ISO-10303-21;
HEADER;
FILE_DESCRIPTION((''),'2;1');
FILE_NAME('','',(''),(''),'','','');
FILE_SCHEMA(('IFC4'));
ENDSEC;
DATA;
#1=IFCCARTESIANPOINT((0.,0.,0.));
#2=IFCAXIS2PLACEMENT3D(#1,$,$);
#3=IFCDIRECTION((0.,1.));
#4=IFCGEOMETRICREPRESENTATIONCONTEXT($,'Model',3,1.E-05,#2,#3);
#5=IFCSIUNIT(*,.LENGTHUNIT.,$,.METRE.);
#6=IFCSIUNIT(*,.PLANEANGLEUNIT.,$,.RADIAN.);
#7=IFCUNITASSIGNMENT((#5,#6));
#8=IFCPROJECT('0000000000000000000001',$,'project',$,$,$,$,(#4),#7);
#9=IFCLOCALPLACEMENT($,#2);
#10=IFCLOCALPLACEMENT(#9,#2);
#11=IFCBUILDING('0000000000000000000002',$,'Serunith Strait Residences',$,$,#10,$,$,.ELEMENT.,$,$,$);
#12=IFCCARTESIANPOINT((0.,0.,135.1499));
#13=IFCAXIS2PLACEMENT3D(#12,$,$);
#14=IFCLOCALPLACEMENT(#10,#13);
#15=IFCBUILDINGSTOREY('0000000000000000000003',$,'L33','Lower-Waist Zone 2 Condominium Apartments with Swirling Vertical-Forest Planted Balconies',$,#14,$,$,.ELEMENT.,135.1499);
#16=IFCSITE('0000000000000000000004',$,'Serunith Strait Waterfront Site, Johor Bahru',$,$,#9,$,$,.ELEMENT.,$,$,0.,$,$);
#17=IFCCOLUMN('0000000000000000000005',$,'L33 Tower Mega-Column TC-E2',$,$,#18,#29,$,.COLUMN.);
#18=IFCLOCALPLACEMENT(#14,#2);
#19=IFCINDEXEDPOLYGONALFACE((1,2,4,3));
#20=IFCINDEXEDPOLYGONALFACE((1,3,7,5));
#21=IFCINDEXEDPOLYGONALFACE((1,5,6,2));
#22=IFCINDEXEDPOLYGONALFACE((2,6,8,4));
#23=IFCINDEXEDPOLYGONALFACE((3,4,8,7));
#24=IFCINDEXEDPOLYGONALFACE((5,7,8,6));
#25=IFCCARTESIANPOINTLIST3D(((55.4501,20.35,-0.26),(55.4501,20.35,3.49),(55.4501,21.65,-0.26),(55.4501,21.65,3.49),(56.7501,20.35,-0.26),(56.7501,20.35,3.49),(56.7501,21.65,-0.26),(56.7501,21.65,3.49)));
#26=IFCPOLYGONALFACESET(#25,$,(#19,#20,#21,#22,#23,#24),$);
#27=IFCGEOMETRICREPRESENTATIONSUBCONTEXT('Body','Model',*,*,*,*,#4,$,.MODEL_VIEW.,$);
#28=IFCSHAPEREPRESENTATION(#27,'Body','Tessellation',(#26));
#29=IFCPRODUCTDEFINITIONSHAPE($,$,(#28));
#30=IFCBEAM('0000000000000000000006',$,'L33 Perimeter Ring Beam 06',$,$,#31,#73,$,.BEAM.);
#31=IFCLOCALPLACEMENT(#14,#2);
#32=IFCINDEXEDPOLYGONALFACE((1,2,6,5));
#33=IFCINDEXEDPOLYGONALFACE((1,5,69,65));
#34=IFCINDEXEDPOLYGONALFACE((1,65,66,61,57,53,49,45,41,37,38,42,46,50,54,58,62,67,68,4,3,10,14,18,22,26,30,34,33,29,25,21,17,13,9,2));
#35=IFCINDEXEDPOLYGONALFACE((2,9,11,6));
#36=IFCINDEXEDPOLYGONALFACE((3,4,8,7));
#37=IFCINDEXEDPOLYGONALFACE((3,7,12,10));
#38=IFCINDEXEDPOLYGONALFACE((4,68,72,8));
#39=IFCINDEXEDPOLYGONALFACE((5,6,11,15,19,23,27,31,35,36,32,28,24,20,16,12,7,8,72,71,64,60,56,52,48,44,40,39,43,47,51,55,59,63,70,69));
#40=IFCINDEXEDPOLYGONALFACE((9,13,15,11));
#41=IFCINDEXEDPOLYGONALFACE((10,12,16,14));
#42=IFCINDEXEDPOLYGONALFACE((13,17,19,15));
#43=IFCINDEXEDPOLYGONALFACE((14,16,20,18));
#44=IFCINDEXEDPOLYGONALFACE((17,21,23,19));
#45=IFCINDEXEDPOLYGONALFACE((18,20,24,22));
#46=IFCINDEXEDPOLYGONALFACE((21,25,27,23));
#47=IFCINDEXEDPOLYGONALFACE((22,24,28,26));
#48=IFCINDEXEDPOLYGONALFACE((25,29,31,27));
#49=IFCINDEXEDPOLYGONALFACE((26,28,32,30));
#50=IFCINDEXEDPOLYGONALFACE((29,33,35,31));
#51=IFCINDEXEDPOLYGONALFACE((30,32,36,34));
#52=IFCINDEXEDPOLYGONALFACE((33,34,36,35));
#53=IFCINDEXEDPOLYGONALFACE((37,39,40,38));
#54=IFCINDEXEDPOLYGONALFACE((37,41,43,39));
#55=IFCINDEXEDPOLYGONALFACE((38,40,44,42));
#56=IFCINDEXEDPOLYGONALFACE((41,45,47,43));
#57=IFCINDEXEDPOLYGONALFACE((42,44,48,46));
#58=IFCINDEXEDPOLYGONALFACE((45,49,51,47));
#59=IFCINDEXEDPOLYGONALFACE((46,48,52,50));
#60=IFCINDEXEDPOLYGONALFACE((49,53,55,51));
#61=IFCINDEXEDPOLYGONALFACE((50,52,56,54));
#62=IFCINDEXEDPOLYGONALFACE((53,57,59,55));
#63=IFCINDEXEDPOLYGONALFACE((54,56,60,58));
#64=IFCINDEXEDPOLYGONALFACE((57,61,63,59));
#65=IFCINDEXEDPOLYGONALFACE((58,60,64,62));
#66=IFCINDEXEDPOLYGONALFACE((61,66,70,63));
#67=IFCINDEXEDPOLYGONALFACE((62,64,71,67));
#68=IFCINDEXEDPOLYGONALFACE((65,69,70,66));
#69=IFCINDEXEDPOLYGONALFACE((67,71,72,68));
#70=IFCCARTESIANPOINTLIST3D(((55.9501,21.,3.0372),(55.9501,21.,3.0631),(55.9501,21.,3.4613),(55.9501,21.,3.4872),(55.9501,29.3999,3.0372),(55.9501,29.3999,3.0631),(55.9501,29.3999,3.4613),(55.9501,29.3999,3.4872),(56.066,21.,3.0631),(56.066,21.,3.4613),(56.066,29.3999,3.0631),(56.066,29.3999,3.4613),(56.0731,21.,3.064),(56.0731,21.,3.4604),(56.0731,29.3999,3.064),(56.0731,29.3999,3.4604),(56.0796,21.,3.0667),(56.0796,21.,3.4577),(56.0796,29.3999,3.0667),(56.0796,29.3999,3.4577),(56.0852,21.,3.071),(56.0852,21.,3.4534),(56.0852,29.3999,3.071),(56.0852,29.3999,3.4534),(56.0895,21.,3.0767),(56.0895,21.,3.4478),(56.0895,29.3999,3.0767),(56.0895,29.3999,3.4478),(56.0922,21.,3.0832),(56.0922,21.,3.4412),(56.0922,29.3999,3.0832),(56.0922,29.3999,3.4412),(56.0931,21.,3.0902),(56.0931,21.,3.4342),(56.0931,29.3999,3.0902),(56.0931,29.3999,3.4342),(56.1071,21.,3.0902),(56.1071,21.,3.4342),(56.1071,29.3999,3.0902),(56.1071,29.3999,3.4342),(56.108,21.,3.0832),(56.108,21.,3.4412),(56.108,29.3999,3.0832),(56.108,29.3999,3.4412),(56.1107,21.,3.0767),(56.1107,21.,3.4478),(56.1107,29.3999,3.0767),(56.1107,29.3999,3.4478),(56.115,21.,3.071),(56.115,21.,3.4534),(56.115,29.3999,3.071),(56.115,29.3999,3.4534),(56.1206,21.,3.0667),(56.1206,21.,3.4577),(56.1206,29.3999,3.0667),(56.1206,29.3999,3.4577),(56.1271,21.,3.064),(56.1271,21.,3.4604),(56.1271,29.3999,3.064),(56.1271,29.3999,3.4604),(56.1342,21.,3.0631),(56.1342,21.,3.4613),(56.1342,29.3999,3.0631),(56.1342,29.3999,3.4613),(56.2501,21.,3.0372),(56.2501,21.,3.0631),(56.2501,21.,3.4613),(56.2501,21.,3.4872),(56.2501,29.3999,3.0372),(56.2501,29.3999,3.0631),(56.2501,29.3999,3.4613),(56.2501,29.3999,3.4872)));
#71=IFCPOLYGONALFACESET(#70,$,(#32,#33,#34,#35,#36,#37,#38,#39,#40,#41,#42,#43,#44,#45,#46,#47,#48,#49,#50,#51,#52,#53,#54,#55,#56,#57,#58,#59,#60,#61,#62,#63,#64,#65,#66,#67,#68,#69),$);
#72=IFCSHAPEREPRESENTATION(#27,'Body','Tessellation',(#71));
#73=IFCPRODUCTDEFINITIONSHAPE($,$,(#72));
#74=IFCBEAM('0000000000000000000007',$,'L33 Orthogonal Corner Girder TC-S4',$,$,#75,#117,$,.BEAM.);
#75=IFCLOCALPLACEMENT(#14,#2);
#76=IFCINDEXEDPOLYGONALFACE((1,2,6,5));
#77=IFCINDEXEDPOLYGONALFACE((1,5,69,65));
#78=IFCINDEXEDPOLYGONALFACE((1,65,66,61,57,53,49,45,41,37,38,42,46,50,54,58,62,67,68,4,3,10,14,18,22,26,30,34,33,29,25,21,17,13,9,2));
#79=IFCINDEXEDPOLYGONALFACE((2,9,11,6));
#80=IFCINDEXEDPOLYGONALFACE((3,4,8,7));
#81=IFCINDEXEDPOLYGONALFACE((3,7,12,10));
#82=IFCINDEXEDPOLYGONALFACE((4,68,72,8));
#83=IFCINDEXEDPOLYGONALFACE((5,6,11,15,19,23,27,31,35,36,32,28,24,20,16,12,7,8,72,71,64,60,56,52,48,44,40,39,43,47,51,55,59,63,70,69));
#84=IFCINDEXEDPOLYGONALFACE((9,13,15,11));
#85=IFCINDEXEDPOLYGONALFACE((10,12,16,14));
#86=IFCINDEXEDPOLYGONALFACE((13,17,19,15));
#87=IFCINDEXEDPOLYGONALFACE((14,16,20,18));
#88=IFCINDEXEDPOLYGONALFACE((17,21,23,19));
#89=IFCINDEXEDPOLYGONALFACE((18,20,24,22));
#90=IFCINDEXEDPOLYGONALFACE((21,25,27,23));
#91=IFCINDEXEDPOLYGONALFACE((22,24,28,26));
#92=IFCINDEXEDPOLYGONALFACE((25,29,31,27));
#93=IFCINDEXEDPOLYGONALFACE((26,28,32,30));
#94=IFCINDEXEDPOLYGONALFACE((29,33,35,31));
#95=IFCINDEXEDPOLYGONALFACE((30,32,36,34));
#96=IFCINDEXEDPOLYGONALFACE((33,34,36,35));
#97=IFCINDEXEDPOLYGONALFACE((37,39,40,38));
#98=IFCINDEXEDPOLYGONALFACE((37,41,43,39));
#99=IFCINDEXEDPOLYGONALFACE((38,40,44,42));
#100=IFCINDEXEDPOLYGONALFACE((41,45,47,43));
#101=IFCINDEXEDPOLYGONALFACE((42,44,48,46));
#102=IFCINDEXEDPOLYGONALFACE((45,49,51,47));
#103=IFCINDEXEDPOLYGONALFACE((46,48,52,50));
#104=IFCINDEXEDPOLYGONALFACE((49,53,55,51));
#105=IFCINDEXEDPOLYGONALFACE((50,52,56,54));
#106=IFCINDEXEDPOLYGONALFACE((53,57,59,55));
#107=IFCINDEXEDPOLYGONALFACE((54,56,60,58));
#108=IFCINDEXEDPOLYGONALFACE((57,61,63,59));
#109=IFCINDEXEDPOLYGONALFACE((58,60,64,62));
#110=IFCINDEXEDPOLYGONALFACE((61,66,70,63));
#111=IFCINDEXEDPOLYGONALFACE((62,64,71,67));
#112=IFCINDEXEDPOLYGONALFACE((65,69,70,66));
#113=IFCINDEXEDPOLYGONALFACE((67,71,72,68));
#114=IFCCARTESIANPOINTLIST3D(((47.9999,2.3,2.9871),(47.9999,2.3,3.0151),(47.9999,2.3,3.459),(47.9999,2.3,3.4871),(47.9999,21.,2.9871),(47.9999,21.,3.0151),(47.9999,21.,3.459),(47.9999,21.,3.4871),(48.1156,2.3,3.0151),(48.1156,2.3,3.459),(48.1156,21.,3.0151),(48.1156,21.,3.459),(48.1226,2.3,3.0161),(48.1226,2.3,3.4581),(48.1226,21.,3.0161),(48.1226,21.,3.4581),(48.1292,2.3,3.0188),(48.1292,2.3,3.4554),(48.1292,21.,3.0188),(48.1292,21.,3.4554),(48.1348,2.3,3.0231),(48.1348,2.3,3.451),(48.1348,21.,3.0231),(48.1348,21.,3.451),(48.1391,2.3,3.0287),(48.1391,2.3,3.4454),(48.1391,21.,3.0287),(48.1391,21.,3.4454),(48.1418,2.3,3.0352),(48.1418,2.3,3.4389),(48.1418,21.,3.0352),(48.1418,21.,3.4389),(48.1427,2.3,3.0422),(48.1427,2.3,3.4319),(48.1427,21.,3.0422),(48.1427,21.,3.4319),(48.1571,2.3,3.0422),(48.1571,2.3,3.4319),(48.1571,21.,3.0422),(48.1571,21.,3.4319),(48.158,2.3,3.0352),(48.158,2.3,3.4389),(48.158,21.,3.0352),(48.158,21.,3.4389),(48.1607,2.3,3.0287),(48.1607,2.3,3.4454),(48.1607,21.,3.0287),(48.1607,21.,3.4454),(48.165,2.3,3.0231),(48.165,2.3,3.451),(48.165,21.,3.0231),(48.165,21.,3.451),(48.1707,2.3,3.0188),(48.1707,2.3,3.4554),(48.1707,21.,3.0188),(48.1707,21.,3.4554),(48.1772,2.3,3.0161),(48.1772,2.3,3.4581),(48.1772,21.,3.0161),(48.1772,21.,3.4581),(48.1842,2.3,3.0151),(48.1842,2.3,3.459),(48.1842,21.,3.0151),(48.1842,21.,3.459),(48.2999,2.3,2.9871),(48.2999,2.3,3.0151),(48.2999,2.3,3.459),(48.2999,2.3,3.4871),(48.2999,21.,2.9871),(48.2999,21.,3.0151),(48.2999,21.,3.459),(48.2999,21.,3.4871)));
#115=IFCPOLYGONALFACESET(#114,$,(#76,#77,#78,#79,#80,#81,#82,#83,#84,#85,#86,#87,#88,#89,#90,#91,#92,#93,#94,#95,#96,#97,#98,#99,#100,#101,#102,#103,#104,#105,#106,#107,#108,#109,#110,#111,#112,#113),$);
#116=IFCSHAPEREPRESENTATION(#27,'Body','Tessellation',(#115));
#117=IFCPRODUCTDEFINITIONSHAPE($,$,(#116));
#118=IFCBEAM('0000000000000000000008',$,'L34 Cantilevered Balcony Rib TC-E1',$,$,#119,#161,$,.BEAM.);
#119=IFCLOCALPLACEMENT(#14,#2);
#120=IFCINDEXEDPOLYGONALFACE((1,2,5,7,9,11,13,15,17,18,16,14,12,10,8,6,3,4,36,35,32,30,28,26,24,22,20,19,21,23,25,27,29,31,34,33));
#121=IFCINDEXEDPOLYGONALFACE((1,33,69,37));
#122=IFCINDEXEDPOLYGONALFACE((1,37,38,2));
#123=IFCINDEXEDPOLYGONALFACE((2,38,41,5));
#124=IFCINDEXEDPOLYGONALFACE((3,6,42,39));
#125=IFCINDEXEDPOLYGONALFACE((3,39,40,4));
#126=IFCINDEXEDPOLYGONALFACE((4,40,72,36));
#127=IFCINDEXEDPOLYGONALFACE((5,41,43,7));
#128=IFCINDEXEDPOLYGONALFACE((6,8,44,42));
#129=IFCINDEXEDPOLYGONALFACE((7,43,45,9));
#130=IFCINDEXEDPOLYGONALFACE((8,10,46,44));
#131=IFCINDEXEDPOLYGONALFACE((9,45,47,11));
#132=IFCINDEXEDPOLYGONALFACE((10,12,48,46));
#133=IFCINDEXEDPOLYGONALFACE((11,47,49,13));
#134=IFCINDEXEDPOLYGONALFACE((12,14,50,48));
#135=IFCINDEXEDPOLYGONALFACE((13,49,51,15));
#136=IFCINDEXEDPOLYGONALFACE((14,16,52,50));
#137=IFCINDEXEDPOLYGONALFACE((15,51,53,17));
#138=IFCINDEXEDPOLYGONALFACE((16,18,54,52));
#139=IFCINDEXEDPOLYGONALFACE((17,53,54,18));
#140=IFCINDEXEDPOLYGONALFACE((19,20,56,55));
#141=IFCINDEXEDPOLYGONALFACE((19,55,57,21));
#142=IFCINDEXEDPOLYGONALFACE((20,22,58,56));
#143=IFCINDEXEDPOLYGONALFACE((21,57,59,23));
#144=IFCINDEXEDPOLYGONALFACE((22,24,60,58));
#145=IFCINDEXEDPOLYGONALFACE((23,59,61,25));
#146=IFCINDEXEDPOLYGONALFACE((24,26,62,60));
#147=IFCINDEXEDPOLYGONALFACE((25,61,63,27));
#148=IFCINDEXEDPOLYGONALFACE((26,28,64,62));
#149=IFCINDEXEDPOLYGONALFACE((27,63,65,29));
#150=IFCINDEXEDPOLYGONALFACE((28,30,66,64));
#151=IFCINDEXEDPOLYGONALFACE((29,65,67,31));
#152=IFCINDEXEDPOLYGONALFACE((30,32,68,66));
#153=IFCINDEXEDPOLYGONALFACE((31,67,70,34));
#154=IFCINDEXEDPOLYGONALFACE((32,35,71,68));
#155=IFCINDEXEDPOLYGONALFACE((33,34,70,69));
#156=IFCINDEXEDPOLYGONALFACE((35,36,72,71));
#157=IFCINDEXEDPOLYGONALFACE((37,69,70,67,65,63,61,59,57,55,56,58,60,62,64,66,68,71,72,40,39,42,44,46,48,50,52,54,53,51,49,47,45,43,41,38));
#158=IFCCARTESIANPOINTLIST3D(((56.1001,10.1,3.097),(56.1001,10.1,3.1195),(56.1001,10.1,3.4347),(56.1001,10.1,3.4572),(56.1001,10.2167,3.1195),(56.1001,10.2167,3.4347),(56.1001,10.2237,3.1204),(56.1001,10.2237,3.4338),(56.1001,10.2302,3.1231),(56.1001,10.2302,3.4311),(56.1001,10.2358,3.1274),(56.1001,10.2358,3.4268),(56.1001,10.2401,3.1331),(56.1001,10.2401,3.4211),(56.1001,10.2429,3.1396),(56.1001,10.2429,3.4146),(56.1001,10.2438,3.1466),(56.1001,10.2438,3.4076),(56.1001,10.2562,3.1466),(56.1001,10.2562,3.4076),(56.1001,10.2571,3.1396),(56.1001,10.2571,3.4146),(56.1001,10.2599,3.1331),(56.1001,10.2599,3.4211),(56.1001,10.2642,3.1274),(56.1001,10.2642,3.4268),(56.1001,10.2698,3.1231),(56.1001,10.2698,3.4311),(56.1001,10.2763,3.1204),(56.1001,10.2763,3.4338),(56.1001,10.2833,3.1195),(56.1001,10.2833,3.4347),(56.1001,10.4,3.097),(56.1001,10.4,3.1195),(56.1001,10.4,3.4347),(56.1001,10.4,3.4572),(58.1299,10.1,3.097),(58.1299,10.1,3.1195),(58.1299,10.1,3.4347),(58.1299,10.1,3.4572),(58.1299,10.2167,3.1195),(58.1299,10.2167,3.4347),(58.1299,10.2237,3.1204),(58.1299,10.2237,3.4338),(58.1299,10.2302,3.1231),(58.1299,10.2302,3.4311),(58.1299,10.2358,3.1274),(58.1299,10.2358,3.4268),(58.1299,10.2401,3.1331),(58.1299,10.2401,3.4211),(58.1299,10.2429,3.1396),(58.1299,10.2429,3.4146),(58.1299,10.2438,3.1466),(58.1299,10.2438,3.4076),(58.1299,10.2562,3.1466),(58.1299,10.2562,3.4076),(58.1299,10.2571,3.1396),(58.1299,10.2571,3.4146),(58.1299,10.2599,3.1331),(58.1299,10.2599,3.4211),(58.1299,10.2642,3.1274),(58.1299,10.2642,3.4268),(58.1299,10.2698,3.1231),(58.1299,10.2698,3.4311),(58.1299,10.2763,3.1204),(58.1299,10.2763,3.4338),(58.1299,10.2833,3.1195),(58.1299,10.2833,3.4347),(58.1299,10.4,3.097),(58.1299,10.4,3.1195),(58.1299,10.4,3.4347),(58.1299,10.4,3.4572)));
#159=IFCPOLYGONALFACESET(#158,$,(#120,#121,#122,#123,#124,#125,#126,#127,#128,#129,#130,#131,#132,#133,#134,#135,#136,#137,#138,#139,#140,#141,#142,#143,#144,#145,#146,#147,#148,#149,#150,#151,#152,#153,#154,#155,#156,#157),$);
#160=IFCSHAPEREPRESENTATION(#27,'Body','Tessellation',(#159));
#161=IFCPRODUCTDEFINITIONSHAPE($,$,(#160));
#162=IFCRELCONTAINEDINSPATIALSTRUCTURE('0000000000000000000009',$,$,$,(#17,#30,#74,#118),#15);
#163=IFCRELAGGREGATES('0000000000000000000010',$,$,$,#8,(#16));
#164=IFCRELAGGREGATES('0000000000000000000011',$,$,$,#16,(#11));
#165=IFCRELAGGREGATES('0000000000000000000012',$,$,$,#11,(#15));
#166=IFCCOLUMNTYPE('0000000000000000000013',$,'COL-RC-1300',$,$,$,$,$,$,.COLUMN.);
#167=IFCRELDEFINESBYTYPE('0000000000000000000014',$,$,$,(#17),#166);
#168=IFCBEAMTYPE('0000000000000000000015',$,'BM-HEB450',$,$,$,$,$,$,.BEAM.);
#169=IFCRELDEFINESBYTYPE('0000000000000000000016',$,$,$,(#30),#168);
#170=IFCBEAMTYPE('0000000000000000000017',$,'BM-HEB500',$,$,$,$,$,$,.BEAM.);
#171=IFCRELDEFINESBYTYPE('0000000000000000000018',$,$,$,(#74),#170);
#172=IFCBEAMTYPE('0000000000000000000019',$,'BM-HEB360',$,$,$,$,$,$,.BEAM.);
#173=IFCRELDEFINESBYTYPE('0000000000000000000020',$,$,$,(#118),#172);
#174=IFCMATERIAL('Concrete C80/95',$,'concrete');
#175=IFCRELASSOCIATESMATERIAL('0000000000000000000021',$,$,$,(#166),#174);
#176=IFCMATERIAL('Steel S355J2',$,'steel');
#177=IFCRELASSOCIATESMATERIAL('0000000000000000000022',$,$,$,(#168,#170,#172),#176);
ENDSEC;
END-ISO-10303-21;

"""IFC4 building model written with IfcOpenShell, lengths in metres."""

from ifc_helpers import new_model, si_unit, direction, frame, origin, origin_2d, place, context, subcontext, project, spatial, rectangle, i_section, extrude, source, transform, mapped, material, material_profile, profile_set, type_object, element, save


model = new_model("IFC4")

# Units and contexts
model_context = context("Model", 3, precision=1e-05, world=origin(), true_north=direction((0.0, 1.0)))
body_context = subcontext(model_context, "Body", "Model", "MODEL_VIEW")
ifc_project = project(units=[si_unit("LENGTHUNIT", "METRE"), si_unit("PLANEANGLEUNIT", "RADIAN")], contexts=[model_context])

# Site, building, storey
site_placement = place(None, origin())
site = spatial("IfcSite", under=ifc_project, at=site_placement, Name="Serunith Strait Waterfront Site, Johor Bahru", CompositionType="ELEMENT", RefElevation=0.0)
building_placement = place(site_placement, origin())
building = spatial("IfcBuilding", under=site, at=building_placement, Name="Serunith Strait Residences", CompositionType="ELEMENT")
storey_placement = place(building_placement, frame((0.0, 0.0, 135.1499)))
storey = spatial("IfcBuildingStorey", under=building, at=storey_placement, Name="L33", Description="Lower-Waist Zone 2 Condominium Apartments with Swirling Vertical-Forest Planted Balconies", CompositionType="ELEMENT", Elevation=135.1499)

# Column
ifc_material_1 = material(Name="Concrete C80/95", Category="concrete")
ifc_material_profile_1 = material_profile(ifc_material_1, rectangle(XDim=1.3, YDim=1.3, at=origin_2d()), Name="RC 1300x1300")
ifc_profile_set_1 = profile_set([ifc_material_profile_1], Name="Concrete C80/95")
column_type = type_object("IfcColumnType", Name="COL-RC-1300", PredefinedType="COLUMN", material=ifc_profile_set_1)
shared_shape_1 = source(origin(), body_context, "Body", "SweptSolid", [
    extrude(rectangle(XDim=1.3, YDim=1.3, at=origin_2d()), origin(), (0.0, 0.0, 1.0), 3.75),
])
column_placement = place(storey_placement, frame((56.1001, 21.0, -0.26), z_axis=(0.0, 0.0, 1.0), x_axis=(1.0, 0.0, 0.0)))
element("IfcColumn", 1, at=column_placement, inside=storey, type_object=column_type, Name="L33 Tower Mega-Column TC-E2", PredefinedType="COLUMN", context=body_context, shape_type="MappedRepresentation", body=[
    mapped(shared_shape_1, transform((0.0, 0.0, 0.0), scale=1.0)),
])

# Beams
ifc_material_2 = material(Name="Steel S355J2", Category="steel")
ifc_material_profile_2 = material_profile(ifc_material_2, i_section(OverallWidth=0.3, OverallDepth=0.45, WebThickness=0.0139, FlangeThickness=0.0259, FilletRadius=0.0271, at=origin_2d()), Name="HEB 450")
ifc_profile_set_2 = profile_set([ifc_material_profile_2], Name="Steel S355J2")
beam_type_1 = type_object("IfcBeamType", Name="BM-HEB450", PredefinedType="BEAM", material=ifc_profile_set_2)
shared_shape_2 = source(origin(), body_context, "Body", "SweptSolid", [
    extrude(i_section(OverallWidth=0.3, OverallDepth=0.45, WebThickness=0.0139, FlangeThickness=0.0259, FilletRadius=0.0271, at=origin_2d()), origin(), (0.0, 0.0, 1.0), 8.3999),
])
beam_1_placement = place(storey_placement, frame((56.1001, 21.0, 3.2622), z_axis=(0.0, 1.0, 0.0), x_axis=(-1.0, 0.0, 0.0)))
element("IfcBeam", 2, at=beam_1_placement, inside=storey, type_object=beam_type_1, Name="L33 Perimeter Ring Beam 06", PredefinedType="BEAM", context=body_context, shape_type="MappedRepresentation", body=[
    mapped(shared_shape_2, transform((0.0, 0.0, 0.0), scale=1.0)),
])
ifc_material_profile_3 = material_profile(ifc_material_2, i_section(OverallWidth=0.3, OverallDepth=0.5, WebThickness=0.0144, FlangeThickness=0.0281, FilletRadius=0.0271, at=origin_2d()), Name="HEB 500")
ifc_profile_set_3 = profile_set([ifc_material_profile_3], Name="Steel S355J2")
beam_type_2 = type_object("IfcBeamType", Name="BM-HEB500", PredefinedType="BEAM", material=ifc_profile_set_3)
shared_shape_3 = source(origin(), body_context, "Body", "SweptSolid", [
    extrude(i_section(OverallWidth=0.3, OverallDepth=0.5, WebThickness=0.0144, FlangeThickness=0.0281, FilletRadius=0.0271, at=origin_2d()), origin(), (0.0, 0.0, 1.0), 18.7),
])
beam_2_placement = place(storey_placement, frame((48.1499, 21.0, 3.2371), z_axis=(0.0, -1.0, 0.0), x_axis=(1.0, 0.0, 0.0)))
element("IfcBeam", 3, at=beam_2_placement, inside=storey, type_object=beam_type_2, Name="L33 Orthogonal Corner Girder TC-S4", PredefinedType="BEAM", context=body_context, shape_type="MappedRepresentation", body=[
    mapped(shared_shape_3, transform((0.0, 0.0, 0.0), scale=1.0)),
])
ifc_material_profile_4 = material_profile(ifc_material_2, i_section(OverallWidth=0.3, OverallDepth=0.3601, WebThickness=0.0125, FlangeThickness=0.0225, FilletRadius=0.0271, at=origin_2d()), Name="HEB 360")
ifc_profile_set_4 = profile_set([ifc_material_profile_4], Name="Steel S355J2")
beam_type_3 = type_object("IfcBeamType", Name="BM-HEB360", PredefinedType="BEAM", material=ifc_profile_set_4)
shared_shape_4 = source(origin(), body_context, "Body", "SweptSolid", [
    extrude(i_section(OverallWidth=0.3, OverallDepth=0.3601, WebThickness=0.0125, FlangeThickness=0.0225, FilletRadius=0.0271, at=origin_2d()), origin(), (0.0, 0.0, 1.0), 2.0298),
])
for number, where, z_axis, x_axis, name in (
    (4, (56.1001, 10.25, 3.2771), (1.0, 0.0, 0.0), (0.0, 1.0, 0.0), "L34 Cantilevered Balcony Rib TC-E1"),
):
    element("IfcBeam", number, at=place(storey_placement, frame(where, z_axis=z_axis, x_axis=x_axis)), inside=storey, type_object=beam_type_3, Name=name, PredefinedType="BEAM", context=body_context, shape_type="MappedRepresentation", body=[
        mapped(shared_shape_4, transform((0.0, 0.0, 0.0), scale=1.0)),
    ])

save(model, "model.ifc")
